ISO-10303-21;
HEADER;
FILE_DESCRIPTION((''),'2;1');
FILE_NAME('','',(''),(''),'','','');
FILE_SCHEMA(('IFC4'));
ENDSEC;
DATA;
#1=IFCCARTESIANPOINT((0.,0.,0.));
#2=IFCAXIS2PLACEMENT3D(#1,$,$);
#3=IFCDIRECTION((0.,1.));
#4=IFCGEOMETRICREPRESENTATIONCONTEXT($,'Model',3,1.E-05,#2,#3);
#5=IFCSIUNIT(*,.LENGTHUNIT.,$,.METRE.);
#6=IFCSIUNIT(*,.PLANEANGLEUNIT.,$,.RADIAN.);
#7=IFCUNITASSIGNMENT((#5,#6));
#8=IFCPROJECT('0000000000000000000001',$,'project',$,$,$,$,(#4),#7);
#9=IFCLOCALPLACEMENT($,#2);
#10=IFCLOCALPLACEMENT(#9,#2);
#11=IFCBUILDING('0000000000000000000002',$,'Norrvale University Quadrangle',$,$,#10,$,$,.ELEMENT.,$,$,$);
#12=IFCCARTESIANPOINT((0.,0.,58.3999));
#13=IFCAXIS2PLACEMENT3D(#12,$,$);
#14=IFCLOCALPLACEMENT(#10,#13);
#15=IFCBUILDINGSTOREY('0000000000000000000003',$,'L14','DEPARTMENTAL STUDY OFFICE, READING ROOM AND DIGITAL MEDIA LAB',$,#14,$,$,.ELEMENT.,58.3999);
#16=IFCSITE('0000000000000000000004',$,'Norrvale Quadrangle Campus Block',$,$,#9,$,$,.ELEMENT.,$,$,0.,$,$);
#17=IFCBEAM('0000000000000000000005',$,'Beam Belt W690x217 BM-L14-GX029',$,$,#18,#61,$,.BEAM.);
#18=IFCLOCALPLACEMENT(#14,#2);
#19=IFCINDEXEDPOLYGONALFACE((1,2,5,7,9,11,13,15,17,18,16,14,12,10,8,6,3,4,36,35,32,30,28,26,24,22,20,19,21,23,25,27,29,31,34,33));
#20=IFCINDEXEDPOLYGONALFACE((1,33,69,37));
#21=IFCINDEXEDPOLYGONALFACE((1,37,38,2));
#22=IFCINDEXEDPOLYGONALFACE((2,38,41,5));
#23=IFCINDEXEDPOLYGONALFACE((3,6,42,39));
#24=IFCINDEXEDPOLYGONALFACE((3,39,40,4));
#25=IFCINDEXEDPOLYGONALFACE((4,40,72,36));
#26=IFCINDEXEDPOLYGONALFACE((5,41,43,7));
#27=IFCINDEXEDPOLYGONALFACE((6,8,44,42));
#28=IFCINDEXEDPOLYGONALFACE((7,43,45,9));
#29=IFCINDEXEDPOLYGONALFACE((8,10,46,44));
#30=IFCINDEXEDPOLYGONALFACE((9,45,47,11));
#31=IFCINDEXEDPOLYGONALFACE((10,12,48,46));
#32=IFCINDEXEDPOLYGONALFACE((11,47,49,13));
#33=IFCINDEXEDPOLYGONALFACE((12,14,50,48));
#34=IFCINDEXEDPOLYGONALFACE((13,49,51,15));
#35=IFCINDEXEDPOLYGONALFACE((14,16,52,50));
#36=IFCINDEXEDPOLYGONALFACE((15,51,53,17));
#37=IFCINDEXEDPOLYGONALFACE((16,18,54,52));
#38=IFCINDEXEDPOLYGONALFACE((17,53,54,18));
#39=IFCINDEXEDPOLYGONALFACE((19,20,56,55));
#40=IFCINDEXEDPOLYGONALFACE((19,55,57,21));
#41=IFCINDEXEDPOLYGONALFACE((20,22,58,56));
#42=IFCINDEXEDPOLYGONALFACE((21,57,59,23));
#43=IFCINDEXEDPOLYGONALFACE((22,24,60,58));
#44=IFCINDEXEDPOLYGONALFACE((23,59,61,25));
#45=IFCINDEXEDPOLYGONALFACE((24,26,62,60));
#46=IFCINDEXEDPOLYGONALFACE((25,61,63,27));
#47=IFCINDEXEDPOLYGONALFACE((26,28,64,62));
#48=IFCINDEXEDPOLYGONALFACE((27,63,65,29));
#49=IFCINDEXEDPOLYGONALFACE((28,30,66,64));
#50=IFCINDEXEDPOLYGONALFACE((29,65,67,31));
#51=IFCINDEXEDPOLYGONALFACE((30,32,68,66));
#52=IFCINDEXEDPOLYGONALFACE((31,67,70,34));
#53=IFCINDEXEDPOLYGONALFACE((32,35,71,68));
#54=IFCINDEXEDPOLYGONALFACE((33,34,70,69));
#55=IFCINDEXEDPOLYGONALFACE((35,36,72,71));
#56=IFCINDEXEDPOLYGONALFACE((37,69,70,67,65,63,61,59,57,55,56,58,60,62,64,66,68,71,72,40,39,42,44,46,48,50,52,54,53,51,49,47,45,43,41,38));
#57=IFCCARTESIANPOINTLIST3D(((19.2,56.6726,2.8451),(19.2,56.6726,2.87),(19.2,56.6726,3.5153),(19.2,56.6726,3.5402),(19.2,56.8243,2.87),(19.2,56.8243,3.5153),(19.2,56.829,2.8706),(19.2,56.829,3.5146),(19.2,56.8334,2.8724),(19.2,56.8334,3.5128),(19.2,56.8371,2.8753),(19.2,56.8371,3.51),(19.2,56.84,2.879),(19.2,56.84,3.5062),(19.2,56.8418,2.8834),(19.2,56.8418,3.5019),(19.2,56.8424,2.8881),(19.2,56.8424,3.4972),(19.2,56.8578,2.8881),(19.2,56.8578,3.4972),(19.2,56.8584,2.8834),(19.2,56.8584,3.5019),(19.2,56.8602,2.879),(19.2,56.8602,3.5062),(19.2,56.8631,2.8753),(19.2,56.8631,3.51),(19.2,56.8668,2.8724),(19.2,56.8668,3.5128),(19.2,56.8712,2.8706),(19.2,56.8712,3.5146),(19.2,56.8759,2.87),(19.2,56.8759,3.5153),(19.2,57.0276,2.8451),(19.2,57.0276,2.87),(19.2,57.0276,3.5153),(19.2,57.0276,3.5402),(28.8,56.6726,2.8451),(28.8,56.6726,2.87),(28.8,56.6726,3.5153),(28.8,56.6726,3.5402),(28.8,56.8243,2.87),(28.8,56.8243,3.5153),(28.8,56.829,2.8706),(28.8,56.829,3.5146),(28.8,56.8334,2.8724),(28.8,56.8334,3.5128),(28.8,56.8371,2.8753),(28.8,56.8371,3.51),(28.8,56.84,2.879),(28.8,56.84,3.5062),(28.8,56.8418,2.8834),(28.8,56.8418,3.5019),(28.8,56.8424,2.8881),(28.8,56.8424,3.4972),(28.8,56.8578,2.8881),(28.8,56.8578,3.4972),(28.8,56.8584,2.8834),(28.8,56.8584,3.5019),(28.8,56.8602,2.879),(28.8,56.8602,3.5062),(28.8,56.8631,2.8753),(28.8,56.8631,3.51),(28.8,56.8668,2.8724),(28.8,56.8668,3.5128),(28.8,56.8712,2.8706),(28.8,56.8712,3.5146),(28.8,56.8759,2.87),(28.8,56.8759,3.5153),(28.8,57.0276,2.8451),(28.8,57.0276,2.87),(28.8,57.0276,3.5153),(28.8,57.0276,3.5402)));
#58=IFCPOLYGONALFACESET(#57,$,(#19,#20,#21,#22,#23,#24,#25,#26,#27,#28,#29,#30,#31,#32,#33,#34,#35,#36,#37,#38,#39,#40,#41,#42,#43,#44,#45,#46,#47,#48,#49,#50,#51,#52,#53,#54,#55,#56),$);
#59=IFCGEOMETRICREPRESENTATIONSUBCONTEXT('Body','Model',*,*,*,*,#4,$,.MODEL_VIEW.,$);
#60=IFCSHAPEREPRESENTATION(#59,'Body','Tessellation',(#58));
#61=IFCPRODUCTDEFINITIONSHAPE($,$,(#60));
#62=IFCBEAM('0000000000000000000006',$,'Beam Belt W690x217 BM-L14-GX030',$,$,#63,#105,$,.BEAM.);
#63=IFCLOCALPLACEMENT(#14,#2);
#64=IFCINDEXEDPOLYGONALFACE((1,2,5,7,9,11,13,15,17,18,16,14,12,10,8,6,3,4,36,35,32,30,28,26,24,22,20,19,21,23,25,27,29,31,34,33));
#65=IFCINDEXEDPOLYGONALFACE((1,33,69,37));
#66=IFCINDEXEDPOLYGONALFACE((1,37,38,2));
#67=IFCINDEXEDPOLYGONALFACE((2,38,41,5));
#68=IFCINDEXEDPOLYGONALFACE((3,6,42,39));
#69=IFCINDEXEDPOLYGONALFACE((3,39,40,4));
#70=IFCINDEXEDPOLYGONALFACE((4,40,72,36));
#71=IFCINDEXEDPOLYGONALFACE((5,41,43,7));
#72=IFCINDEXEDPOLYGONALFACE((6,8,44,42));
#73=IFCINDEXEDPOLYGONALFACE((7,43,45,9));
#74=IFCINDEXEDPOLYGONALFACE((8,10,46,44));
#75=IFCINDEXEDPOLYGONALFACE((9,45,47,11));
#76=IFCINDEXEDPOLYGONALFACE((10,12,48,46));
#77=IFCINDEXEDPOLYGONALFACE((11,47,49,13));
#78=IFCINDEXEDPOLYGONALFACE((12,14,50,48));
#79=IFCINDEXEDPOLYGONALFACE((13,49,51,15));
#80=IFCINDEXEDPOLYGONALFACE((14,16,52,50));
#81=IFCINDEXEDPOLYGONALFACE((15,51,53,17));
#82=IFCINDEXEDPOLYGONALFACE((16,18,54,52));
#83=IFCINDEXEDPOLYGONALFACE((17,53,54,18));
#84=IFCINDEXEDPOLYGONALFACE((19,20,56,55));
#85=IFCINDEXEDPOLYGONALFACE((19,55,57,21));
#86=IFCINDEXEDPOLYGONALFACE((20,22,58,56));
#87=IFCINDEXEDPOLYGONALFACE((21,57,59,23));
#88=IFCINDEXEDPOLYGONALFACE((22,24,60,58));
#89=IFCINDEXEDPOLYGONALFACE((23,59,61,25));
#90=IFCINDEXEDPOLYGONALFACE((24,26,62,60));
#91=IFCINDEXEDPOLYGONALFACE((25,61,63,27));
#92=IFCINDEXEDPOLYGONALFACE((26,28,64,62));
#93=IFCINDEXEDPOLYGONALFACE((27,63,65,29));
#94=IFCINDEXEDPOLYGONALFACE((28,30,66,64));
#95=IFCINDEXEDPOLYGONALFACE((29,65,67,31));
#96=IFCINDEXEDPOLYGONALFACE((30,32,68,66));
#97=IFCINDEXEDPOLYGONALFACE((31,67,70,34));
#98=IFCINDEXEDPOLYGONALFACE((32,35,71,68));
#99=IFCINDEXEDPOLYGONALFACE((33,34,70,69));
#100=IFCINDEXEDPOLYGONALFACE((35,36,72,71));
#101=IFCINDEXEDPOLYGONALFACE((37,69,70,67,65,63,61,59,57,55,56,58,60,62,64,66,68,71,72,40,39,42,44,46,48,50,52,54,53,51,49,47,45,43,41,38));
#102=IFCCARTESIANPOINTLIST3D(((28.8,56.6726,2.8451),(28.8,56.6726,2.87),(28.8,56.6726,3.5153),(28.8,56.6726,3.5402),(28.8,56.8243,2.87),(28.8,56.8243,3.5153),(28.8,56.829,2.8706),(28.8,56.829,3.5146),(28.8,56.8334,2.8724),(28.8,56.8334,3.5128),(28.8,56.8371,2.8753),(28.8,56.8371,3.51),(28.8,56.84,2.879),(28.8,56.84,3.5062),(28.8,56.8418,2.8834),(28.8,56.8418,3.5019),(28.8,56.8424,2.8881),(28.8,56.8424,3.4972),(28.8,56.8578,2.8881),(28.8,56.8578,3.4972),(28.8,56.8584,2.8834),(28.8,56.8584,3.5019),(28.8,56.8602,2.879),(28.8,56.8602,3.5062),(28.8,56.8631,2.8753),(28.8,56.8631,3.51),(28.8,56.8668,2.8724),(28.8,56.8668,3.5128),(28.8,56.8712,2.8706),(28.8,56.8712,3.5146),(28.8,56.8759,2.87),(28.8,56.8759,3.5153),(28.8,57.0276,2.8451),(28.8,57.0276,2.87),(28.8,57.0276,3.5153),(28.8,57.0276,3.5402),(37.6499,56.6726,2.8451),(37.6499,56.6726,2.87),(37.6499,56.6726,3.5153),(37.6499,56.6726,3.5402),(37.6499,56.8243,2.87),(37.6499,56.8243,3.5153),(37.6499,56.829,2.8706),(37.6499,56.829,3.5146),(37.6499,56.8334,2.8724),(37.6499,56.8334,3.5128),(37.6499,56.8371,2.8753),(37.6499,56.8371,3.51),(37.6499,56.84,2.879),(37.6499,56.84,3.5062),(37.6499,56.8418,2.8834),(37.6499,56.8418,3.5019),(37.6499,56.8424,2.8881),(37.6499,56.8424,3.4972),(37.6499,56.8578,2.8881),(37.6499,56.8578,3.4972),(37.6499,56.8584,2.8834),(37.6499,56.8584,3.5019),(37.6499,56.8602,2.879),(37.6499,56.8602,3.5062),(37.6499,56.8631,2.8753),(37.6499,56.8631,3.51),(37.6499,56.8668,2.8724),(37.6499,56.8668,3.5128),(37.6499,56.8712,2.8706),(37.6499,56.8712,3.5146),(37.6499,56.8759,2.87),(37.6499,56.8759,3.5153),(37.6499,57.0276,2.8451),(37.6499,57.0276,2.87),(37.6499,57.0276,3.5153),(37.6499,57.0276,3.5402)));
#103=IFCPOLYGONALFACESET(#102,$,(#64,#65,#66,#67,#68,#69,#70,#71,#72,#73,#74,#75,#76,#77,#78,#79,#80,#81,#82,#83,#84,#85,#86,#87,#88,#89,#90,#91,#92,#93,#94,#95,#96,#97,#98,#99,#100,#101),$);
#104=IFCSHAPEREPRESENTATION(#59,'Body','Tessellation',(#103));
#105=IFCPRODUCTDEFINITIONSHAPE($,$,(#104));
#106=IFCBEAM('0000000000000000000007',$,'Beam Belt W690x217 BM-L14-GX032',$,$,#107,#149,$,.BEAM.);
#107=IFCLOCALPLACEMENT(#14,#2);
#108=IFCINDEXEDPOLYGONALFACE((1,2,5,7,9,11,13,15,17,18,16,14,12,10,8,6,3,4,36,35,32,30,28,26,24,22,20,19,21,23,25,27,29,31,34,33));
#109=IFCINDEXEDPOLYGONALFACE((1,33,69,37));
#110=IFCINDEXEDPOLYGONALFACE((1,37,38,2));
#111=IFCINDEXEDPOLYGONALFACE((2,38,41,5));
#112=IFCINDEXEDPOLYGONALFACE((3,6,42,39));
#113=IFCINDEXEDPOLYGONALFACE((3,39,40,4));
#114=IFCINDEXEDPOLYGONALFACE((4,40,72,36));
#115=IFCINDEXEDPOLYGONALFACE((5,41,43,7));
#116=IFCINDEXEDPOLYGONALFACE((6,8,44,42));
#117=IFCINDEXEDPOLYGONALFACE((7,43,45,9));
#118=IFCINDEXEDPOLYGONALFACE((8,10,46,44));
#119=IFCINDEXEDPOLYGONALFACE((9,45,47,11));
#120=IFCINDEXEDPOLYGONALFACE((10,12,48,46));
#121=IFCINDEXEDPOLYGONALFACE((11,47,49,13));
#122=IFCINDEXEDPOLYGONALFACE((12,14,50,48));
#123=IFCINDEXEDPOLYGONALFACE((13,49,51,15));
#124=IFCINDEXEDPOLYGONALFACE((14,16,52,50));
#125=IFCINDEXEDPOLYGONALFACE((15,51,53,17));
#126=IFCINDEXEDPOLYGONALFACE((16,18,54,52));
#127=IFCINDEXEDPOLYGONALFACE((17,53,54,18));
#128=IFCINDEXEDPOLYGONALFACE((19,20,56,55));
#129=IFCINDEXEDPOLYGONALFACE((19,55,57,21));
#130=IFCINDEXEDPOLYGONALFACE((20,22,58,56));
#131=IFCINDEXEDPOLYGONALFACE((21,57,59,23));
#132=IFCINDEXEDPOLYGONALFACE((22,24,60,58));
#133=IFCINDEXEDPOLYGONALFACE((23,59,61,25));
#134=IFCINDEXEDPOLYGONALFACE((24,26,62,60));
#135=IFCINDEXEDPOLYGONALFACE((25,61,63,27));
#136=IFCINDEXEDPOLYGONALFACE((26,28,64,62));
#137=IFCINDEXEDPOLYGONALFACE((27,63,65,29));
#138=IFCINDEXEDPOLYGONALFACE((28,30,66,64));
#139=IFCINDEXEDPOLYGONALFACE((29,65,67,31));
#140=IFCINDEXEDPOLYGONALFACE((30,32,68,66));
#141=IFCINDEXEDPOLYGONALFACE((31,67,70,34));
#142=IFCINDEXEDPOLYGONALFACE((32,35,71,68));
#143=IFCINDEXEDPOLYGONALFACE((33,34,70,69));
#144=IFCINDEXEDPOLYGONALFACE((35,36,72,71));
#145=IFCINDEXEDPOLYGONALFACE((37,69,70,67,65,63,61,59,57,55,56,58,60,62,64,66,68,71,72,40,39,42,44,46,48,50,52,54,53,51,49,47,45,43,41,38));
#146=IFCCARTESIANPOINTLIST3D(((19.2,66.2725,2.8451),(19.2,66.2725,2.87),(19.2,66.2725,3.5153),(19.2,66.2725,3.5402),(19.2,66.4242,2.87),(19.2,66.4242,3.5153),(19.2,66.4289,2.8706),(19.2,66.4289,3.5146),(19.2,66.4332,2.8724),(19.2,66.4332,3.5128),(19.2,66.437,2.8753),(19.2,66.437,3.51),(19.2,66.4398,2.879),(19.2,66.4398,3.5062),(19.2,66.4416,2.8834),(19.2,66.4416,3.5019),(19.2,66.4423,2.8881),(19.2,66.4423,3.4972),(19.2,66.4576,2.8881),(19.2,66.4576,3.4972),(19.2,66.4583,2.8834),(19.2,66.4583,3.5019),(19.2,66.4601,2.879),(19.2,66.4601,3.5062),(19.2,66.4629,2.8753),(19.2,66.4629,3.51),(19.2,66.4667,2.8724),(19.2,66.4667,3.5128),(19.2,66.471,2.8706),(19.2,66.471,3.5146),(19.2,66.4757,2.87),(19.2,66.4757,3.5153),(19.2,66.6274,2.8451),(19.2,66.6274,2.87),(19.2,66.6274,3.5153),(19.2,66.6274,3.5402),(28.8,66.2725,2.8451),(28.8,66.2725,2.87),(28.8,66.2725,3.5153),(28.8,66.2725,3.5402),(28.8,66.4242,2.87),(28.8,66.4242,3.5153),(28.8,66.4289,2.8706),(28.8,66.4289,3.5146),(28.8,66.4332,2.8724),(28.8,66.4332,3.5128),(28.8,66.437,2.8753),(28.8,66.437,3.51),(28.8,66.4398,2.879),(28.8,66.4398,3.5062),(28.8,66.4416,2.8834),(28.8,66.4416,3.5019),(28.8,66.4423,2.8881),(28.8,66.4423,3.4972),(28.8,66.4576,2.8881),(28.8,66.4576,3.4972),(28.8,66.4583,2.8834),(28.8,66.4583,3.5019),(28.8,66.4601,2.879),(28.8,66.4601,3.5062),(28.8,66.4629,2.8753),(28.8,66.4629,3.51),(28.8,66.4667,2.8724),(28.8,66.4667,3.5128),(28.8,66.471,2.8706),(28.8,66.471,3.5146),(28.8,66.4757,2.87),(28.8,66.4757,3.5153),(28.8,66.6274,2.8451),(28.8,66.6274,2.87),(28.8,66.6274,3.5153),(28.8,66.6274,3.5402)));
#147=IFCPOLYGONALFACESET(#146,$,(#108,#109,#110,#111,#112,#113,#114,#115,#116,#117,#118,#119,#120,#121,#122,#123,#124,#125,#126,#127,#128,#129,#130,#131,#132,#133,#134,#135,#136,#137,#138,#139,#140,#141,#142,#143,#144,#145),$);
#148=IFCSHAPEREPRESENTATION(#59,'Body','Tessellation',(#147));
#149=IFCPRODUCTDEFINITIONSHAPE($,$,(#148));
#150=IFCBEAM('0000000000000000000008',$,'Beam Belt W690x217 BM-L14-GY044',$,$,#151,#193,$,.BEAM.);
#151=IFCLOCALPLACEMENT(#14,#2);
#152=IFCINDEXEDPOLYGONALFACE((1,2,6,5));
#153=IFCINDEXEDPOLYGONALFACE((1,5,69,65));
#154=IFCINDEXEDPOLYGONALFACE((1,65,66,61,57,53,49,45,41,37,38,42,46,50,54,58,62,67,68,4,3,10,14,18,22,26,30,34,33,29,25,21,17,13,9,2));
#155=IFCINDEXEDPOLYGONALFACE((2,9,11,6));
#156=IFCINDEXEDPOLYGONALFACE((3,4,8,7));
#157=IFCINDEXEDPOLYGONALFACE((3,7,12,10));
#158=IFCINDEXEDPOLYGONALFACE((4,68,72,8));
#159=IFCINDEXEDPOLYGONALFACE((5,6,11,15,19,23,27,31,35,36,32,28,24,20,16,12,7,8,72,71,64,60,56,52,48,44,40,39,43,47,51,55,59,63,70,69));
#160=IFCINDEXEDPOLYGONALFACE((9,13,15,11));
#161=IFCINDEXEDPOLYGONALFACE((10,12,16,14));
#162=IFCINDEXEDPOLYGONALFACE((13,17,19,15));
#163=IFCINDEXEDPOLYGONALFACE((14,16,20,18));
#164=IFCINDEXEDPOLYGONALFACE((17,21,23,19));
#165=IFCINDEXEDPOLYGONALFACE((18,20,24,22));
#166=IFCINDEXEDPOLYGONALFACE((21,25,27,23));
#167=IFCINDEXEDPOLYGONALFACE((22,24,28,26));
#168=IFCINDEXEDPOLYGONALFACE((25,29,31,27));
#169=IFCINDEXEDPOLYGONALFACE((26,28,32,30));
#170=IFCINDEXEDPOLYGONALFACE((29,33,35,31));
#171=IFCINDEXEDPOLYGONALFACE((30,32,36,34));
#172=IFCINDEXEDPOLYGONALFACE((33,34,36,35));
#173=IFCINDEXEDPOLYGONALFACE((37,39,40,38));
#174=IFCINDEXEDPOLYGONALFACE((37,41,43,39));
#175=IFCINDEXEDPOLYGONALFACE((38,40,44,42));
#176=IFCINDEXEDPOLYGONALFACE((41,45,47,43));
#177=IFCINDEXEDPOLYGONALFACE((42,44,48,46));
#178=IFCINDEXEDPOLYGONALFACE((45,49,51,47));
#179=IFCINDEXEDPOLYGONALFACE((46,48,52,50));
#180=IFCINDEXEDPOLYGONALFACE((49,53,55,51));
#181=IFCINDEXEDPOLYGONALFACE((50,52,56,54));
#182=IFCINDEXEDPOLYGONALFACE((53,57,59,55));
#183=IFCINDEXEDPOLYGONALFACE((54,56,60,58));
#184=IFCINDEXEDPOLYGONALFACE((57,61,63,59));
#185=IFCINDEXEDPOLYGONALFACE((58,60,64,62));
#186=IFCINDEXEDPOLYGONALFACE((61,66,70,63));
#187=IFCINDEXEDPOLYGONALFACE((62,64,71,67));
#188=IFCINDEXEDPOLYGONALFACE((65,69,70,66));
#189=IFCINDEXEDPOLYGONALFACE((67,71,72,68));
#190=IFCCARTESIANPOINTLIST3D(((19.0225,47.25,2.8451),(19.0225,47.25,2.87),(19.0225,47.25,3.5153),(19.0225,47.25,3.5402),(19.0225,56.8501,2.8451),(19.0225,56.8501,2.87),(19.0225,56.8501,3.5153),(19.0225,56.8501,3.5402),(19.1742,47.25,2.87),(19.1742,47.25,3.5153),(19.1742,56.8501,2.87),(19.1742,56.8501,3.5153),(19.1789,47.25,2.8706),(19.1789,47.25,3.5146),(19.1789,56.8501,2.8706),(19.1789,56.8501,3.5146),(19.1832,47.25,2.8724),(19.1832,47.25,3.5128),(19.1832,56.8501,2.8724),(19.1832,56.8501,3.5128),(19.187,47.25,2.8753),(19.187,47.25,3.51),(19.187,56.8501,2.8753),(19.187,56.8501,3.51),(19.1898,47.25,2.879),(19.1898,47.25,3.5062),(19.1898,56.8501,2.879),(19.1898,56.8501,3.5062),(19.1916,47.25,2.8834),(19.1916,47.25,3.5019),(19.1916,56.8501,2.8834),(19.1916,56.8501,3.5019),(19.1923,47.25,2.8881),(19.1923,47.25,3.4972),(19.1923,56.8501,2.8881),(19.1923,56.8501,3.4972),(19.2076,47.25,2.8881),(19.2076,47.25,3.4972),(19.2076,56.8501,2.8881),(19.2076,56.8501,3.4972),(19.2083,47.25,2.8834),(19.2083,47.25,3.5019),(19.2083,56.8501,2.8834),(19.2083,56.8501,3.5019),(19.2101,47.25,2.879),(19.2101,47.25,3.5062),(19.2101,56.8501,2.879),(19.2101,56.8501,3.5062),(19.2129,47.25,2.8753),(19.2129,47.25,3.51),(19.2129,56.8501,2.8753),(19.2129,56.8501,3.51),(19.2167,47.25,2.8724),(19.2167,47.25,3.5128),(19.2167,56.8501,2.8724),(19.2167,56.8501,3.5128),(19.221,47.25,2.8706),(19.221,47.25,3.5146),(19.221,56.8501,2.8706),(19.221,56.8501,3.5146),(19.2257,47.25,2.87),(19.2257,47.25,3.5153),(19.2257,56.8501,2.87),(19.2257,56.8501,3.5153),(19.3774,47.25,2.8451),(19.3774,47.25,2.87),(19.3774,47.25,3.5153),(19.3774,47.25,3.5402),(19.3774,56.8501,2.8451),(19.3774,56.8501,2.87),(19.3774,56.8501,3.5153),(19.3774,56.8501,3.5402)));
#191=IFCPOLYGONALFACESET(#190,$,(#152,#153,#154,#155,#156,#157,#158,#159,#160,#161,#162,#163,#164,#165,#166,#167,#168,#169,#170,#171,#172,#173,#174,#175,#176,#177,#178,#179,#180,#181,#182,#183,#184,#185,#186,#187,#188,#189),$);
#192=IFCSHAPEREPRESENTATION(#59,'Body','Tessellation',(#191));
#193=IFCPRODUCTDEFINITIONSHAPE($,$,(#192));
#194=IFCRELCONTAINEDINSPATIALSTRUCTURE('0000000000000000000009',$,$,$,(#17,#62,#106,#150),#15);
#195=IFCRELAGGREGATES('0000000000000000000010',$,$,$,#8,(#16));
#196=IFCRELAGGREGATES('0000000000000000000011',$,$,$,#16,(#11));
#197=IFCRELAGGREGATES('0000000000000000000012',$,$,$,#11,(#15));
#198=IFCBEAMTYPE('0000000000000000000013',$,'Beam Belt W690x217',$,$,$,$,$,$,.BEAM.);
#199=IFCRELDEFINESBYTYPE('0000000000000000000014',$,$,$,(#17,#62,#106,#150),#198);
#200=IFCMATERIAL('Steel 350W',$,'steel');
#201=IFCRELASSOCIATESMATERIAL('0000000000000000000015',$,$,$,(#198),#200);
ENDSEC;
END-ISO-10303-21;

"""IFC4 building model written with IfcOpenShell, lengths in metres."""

from ifc_helpers import new_model, si_unit, direction, frame, origin, origin_2d, place, context, subcontext, project, spatial, i_section, extrude, material, material_profile, profile_set, type_object, element, save


model = new_model("IFC4")

# Units and contexts
model_context = context("Model", 3, precision=1e-05, world=origin(), true_north=direction((0.0, 1.0)))
body_context = subcontext(model_context, "Body", "Model", "MODEL_VIEW")
ifc_project = project(units=[si_unit("LENGTHUNIT", "METRE"), si_unit("PLANEANGLEUNIT", "RADIAN")], contexts=[model_context])

# Site, building, storey
site_placement = place(None, origin())
site = spatial("IfcSite", under=ifc_project, at=site_placement, Name="Norrvale Quadrangle Campus Block", CompositionType="ELEMENT", RefElevation=0.0)
building_placement = place(site_placement, origin())
building = spatial("IfcBuilding", under=site, at=building_placement, Name="Norrvale University Quadrangle", CompositionType="ELEMENT")
storey_placement = place(building_placement, frame((0.0, 0.0, 58.3999)))
storey = spatial("IfcBuildingStorey", under=building, at=storey_placement, Name="L14", Description="DEPARTMENTAL STUDY OFFICE, READING ROOM AND DIGITAL MEDIA LAB", CompositionType="ELEMENT", Elevation=58.3999)

# Beams
ifc_material_1 = material(Name="Steel 350W", Category="steel")
ifc_material_profile_1 = material_profile(ifc_material_1, i_section(OverallWidth=0.355, OverallDepth=0.6951, WebThickness=0.0154, FlangeThickness=0.0249, FilletRadius=0.0181, at=origin_2d()), Name="Steel 350W")
ifc_profile_set_1 = profile_set([ifc_material_profile_1], Name="Steel 350W")
beam_type_1 = type_object("IfcBeamType", Name="Beam Belt W690x217", PredefinedType="BEAM", material=ifc_profile_set_1)
beam_1_placement = place(storey_placement, frame((19.2, 56.8501, 3.1926), z_axis=(1.0, 0.0, 0.0), x_axis=(0.0, 1.0, 0.0)))
element("IfcBeam", 1, at=beam_1_placement, inside=storey, type_object=beam_type_1, Name="Beam Belt W690x217 BM-L14-GX029", PredefinedType="BEAM", context=body_context, shape_type="SweptSolid", body=[
    extrude(i_section(OverallWidth=0.355, OverallDepth=0.6951, WebThickness=0.0154, FlangeThickness=0.0249, FilletRadius=0.0181, at=origin_2d()), origin(), (0.0, 0.0, 1.0), 9.6001),
])
beam_2_placement = place(storey_placement, frame((28.8, 56.8501, 3.1926), z_axis=(1.0, 0.0, 0.0), x_axis=(0.0, 1.0, 0.0)))
element("IfcBeam", 2, at=beam_2_placement, inside=storey, type_object=beam_type_1, Name="Beam Belt W690x217 BM-L14-GX030", PredefinedType="BEAM", context=body_context, shape_type="SweptSolid", body=[
    extrude(i_section(OverallWidth=0.355, OverallDepth=0.6951, WebThickness=0.0154, FlangeThickness=0.0249, FilletRadius=0.0181, at=origin_2d()), origin(), (0.0, 0.0, 1.0), 8.8499),
])
for number, where, z_axis, x_axis, name in (
    (3, (19.2, 66.45, 3.1926), (1.0, 0.0, 0.0), (0.0, 1.0, 0.0), "Beam Belt W690x217 BM-L14-GX032"),
    (4, (19.2, 47.25, 3.1926), (0.0, 1.0, 0.0), (-1.0, 0.0, 0.0), "Beam Belt W690x217 BM-L14-GY044"),
):
    element("IfcBeam", number, at=place(storey_placement, frame(where, z_axis=z_axis, x_axis=x_axis)), inside=storey, type_object=beam_type_1, Name=name, PredefinedType="BEAM", context=body_context, shape_type="SweptSolid", body=[
        extrude(i_section(OverallWidth=0.355, OverallDepth=0.6951, WebThickness=0.0154, FlangeThickness=0.0249, FilletRadius=0.0181, at=origin_2d()), origin(), (0.0, 0.0, 1.0), 9.6001),
    ])

save(model, "model.ifc")
